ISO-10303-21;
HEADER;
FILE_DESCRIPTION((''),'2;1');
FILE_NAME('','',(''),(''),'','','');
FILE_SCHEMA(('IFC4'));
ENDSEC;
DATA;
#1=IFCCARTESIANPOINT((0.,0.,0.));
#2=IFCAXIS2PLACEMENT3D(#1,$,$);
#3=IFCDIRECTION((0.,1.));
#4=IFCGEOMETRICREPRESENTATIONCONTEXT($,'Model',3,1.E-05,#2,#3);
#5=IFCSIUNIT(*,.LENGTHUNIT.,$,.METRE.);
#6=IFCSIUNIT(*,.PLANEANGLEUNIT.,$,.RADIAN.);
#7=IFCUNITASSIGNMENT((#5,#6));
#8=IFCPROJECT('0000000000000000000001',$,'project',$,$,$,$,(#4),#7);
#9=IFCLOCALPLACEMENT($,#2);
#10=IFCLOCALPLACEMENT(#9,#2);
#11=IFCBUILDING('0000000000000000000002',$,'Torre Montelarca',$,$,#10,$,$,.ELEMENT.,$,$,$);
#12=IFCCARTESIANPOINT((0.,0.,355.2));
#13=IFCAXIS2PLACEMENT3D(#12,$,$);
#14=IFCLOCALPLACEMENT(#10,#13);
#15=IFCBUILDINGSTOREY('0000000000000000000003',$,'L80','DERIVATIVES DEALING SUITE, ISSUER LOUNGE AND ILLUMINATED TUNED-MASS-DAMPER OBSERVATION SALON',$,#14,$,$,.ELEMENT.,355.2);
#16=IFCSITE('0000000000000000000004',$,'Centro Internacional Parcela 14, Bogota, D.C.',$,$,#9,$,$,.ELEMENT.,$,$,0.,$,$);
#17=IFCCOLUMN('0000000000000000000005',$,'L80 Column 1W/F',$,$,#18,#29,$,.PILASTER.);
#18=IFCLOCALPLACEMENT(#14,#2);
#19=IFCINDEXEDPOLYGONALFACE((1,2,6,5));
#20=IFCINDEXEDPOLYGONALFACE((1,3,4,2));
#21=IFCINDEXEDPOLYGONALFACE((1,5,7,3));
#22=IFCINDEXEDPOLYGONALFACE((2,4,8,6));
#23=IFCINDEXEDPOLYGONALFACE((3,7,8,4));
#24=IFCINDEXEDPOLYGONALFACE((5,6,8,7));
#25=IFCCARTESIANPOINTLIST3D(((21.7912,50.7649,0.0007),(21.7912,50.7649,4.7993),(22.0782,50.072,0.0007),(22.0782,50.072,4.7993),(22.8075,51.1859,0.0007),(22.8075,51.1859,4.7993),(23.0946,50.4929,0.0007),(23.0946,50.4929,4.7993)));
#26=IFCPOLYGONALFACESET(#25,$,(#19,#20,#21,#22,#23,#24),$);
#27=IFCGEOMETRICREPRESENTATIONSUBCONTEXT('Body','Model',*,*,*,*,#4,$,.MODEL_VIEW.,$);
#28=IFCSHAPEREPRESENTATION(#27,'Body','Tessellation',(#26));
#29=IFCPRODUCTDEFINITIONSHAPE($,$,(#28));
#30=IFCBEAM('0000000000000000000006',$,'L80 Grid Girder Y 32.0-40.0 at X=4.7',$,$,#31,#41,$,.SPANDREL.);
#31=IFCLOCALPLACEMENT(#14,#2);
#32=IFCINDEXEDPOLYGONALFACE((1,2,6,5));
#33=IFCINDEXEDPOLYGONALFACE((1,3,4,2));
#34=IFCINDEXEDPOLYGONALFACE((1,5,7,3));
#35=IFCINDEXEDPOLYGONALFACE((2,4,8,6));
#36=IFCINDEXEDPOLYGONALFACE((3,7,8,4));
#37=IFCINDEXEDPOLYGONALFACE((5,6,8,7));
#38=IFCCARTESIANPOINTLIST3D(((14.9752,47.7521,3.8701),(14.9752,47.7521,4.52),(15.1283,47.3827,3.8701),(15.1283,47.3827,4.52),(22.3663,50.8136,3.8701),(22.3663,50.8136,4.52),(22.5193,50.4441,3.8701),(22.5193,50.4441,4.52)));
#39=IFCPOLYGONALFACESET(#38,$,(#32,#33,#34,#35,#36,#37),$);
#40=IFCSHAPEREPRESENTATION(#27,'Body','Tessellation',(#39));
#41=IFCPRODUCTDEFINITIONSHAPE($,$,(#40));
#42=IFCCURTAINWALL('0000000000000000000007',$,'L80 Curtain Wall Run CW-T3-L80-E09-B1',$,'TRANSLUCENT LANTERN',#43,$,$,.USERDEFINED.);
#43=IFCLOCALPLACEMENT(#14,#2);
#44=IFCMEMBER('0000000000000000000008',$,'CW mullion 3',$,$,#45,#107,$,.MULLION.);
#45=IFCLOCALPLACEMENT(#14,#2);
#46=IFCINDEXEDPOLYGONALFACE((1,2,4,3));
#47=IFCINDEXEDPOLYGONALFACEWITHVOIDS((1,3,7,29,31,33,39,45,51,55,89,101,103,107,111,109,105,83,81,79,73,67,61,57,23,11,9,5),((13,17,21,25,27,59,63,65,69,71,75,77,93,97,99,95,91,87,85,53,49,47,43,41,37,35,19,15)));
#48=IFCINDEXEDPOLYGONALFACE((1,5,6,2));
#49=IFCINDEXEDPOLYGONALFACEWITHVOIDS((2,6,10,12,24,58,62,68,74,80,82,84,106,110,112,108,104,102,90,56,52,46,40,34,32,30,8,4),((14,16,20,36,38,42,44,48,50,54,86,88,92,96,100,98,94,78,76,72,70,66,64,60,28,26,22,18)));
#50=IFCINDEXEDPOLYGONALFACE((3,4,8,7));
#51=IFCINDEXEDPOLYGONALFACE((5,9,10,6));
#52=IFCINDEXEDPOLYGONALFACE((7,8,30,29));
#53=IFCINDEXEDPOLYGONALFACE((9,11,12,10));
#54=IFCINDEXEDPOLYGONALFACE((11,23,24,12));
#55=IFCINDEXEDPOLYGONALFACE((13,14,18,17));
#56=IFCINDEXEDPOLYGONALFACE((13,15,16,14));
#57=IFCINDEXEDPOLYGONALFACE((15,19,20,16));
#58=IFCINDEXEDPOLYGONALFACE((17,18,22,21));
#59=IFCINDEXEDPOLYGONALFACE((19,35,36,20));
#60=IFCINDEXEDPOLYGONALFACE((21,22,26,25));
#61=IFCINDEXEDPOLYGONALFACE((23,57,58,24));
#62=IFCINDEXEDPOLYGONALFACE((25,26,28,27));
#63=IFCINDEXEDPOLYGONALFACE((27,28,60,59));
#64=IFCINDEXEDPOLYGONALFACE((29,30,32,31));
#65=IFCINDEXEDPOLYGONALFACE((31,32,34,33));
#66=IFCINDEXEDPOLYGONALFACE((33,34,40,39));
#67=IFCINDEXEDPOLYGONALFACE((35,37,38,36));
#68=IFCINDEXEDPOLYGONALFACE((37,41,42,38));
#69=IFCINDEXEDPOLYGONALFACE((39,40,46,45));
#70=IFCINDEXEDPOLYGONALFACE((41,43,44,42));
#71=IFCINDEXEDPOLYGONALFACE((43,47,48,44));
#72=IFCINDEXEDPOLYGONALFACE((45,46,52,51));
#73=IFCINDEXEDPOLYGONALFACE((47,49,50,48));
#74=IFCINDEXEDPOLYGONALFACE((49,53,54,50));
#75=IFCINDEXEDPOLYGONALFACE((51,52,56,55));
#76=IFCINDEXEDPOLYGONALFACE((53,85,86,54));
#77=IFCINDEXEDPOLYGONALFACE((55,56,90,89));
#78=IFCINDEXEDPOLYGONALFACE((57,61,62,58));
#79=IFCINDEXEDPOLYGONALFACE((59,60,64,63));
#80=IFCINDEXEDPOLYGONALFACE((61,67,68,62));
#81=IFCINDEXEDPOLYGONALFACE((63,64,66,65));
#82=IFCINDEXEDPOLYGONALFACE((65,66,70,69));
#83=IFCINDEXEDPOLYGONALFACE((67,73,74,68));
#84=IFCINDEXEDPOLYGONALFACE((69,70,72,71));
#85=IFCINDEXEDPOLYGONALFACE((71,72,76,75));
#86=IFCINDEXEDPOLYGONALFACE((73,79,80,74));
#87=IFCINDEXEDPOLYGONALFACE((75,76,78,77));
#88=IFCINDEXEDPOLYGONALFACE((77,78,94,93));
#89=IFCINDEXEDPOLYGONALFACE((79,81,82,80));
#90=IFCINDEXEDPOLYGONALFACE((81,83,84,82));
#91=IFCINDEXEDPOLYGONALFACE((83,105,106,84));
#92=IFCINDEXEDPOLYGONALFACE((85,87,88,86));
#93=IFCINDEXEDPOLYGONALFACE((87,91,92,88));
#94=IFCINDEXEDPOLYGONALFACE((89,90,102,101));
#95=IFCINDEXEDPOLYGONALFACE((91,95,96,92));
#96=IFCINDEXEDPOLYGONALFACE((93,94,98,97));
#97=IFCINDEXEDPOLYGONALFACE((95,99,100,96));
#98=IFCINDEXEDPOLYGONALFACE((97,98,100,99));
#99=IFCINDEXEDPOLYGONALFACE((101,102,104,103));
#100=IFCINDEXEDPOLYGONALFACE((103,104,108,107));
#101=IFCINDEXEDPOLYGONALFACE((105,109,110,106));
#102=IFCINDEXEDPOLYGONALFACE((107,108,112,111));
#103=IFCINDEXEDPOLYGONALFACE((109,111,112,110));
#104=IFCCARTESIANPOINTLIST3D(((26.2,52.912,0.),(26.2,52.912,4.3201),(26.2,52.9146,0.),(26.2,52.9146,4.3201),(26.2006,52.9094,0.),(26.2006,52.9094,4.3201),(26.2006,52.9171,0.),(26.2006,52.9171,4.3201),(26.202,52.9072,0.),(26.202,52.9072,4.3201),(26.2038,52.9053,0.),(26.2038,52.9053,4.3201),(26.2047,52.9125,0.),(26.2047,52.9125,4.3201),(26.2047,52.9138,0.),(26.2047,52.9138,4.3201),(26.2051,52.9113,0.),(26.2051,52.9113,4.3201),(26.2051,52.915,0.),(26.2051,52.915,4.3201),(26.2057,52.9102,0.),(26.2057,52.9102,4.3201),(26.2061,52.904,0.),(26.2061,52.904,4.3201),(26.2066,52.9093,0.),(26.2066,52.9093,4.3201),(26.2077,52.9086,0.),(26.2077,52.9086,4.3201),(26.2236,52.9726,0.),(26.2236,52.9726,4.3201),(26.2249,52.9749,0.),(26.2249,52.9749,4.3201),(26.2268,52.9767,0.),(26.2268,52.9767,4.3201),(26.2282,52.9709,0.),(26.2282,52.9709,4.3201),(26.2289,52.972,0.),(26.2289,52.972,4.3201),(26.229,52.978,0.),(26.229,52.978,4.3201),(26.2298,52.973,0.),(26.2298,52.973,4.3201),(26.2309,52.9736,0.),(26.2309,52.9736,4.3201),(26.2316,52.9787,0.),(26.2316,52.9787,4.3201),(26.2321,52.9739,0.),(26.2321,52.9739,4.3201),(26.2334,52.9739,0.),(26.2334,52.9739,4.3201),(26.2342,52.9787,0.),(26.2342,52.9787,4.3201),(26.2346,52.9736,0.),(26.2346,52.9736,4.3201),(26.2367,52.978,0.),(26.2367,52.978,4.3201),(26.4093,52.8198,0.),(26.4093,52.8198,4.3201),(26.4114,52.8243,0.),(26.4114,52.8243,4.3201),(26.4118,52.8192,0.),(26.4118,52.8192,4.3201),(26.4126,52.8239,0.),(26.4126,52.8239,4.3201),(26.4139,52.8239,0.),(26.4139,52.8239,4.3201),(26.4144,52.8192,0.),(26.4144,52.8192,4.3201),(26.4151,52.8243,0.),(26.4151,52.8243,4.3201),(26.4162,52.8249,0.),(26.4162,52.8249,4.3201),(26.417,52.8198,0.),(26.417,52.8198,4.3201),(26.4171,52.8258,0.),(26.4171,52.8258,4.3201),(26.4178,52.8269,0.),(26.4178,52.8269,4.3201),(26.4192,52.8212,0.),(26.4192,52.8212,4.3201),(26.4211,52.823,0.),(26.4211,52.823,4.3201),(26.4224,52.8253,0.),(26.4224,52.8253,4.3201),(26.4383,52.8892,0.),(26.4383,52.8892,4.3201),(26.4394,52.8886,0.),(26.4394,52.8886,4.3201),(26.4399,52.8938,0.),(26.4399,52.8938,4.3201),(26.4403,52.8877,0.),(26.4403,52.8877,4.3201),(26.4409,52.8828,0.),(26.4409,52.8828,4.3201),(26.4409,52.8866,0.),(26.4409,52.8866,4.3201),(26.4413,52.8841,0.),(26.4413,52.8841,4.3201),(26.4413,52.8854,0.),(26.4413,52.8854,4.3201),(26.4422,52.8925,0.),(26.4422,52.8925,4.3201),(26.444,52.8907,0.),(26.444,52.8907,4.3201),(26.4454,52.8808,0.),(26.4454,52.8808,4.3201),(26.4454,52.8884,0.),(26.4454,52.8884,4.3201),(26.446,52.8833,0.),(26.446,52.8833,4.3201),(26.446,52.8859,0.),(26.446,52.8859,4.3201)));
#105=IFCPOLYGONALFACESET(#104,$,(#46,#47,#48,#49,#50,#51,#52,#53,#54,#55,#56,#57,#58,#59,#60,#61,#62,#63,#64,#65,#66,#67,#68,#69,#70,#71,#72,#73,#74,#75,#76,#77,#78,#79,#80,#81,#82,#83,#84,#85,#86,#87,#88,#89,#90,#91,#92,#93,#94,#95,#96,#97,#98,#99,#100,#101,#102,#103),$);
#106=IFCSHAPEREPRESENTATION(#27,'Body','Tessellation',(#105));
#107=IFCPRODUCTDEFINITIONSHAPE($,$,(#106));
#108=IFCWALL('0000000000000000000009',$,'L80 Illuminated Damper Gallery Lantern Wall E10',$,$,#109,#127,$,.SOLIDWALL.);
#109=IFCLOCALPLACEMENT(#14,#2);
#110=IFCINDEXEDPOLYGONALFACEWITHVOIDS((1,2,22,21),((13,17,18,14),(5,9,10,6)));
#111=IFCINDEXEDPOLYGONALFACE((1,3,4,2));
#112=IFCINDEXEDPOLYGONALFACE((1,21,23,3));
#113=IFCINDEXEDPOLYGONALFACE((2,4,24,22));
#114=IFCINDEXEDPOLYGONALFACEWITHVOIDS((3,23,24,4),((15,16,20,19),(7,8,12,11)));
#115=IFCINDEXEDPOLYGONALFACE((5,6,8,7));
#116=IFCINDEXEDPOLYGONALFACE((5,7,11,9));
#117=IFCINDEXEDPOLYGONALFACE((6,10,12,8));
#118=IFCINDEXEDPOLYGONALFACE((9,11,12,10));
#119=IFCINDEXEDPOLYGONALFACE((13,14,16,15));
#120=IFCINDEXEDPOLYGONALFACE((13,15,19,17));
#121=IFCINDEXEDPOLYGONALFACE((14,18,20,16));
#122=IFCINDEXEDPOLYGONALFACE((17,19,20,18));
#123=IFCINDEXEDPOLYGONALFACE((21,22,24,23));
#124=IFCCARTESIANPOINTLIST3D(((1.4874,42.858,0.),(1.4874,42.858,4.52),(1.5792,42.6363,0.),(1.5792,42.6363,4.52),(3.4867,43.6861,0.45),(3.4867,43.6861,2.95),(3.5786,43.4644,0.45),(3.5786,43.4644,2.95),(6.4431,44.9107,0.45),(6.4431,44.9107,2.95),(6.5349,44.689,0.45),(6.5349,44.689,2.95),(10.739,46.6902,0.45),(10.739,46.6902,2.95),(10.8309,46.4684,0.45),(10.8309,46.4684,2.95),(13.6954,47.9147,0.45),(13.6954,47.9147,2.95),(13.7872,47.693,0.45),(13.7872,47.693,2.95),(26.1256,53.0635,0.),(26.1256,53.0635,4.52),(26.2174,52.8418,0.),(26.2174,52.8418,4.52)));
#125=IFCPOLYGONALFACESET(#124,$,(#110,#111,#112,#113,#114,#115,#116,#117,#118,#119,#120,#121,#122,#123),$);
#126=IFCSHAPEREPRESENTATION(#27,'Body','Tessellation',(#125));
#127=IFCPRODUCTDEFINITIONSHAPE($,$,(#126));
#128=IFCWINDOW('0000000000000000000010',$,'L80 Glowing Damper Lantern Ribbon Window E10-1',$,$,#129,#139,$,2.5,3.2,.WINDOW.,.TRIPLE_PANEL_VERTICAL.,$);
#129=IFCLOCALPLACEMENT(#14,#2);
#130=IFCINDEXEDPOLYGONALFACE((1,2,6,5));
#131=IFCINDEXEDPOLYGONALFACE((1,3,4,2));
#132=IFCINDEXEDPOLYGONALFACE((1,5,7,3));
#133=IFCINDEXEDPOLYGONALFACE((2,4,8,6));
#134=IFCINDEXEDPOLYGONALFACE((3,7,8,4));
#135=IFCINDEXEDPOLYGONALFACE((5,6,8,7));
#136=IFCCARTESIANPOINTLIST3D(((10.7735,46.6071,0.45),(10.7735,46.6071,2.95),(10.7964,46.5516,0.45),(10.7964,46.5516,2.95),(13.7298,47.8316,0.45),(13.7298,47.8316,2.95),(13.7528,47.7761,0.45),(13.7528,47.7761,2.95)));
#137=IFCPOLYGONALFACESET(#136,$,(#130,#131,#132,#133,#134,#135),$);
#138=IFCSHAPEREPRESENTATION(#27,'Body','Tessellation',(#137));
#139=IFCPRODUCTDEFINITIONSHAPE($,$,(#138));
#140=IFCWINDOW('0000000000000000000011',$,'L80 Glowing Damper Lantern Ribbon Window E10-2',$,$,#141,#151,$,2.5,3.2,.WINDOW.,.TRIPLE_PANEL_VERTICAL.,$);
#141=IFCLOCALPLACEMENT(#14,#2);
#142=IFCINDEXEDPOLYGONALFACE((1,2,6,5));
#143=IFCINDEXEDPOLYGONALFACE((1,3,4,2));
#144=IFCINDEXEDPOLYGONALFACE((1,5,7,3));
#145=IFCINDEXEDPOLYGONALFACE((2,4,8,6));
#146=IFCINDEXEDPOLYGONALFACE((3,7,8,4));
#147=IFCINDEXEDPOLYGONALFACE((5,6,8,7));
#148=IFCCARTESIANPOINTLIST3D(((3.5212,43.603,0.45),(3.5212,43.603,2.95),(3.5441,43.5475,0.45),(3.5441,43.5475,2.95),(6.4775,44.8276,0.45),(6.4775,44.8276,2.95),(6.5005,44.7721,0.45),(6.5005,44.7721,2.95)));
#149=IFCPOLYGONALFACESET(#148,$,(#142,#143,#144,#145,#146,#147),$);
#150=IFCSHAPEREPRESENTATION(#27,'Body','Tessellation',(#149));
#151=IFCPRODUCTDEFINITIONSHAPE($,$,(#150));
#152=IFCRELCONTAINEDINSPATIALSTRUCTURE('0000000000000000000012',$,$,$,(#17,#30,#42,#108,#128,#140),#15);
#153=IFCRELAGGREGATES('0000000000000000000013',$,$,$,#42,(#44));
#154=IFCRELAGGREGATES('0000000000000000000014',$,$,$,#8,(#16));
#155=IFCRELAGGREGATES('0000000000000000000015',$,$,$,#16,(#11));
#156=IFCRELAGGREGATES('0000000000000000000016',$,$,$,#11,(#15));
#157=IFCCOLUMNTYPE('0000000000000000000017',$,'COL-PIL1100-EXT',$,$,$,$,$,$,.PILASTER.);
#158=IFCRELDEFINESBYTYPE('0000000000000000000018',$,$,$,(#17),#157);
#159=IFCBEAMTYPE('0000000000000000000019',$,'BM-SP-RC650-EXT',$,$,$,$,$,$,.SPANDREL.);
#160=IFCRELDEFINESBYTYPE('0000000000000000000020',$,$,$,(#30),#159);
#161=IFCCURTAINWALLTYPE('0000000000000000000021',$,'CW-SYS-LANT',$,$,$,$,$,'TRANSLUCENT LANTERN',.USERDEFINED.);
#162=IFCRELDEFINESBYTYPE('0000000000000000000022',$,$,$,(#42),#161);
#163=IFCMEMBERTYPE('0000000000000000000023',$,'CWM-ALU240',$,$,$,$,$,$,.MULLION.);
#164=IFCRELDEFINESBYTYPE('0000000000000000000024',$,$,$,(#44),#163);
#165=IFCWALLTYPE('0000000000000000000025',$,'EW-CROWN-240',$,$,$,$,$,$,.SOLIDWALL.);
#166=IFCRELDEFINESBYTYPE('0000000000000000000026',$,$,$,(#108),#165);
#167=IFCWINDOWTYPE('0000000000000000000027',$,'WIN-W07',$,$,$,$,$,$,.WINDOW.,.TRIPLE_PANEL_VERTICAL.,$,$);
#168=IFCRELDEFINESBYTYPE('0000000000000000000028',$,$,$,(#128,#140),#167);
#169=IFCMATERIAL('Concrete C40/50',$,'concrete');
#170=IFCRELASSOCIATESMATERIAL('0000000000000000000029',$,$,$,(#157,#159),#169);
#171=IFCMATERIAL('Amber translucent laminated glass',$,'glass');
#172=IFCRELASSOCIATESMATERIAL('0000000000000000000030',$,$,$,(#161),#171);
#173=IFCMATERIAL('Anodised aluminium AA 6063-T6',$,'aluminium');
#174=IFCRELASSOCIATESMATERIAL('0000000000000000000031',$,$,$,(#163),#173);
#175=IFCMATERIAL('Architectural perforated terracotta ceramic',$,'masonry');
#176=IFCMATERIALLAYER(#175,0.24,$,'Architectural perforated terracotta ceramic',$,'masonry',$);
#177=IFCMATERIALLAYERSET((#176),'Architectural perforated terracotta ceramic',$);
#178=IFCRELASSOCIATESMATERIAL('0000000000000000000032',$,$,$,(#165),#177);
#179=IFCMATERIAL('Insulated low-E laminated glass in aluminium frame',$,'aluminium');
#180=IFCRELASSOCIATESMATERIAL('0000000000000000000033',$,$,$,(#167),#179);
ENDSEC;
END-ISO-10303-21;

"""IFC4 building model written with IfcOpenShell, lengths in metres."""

from ifc_helpers import new_model, si_unit, direction, frame, frame_2d, origin, origin_2d, place, context, subcontext, project, spatial, rectangle, hollow_rectangle, extrude, source, transform, mapped, material, layer, layer_set, material_profile, profile_set, type_object, element, fill, aggregate, save


model = new_model("IFC4")

# Units and contexts
model_context = context("Model", 3, precision=1e-05, world=origin(), true_north=direction((0.0, 1.0)))
body_context = subcontext(model_context, "Body", "Model", "MODEL_VIEW")
ifc_project = project(units=[si_unit("LENGTHUNIT", "METRE"), si_unit("PLANEANGLEUNIT", "RADIAN")], contexts=[model_context])

# Site, building, storey
site_placement = place(None, origin())
site = spatial("IfcSite", under=ifc_project, at=site_placement, Name="Centro Internacional Parcela 14, Bogota, D.C.", CompositionType="ELEMENT", RefElevation=0.0)
building_placement = place(site_placement, origin())
building = spatial("IfcBuilding", under=site, at=building_placement, Name="Torre Montelarca", CompositionType="ELEMENT")
storey_placement = place(building_placement, frame((0.0, 0.0, 355.2)))
storey = spatial("IfcBuildingStorey", under=building, at=storey_placement, Name="L80", Description="DERIVATIVES DEALING SUITE, ISSUER LOUNGE AND ILLUMINATED TUNED-MASS-DAMPER OBSERVATION SALON", CompositionType="ELEMENT", Elevation=355.2)

# Column
ifc_material_1 = material(Name="Concrete C40/50", Category="concrete")
ifc_material_profile_1 = material_profile(ifc_material_1, rectangle(XDim=0.75, YDim=1.1001, at=origin_2d()), Name="RC1100X750", Category="concrete")
ifc_profile_set_1 = profile_set([ifc_material_profile_1], Name="Concrete C40/50")
column_type = type_object("IfcColumnType", Name="COL-PIL1100-EXT", PredefinedType="PILASTER", material=ifc_profile_set_1)
shared_shape_1 = source(origin(), body_context, "Body", "SweptSolid", [
    extrude(rectangle(XDim=0.75, YDim=1.1001, at=origin_2d()), origin(), (0.0, 0.0, 1.0), 4.7986),
])
column_placement = place(storey_placement, frame((22.4429, 50.6289, 0.0007), z_axis=(0.0, 0.0, 1.0), x_axis=(-0.382683, 0.92388, 0.0)))
element("IfcColumn", 1, at=column_placement, inside=storey, type_object=column_type, Name="L80 Column 1W/F", PredefinedType="PILASTER", context=body_context, shape_type="MappedRepresentation", body=[
    mapped(shared_shape_1, transform((0.0, 0.0, 0.0), scale=1.0)),
])

# Beam
ifc_material_profile_2 = material_profile(ifc_material_1, rectangle(XDim=0.3999, YDim=0.6499, at=origin_2d()), Name="RCB400X650", Category="concrete")
ifc_profile_set_2 = profile_set([ifc_material_profile_2], Name="Concrete C40/50")
beam_type = type_object("IfcBeamType", Name="BM-SP-RC650-EXT", PredefinedType="SPANDREL", material=ifc_profile_set_2)
shared_shape_2 = source(origin(), body_context, "Body", "SweptSolid", [
    extrude(rectangle(XDim=0.3999, YDim=0.6499, at=origin_2d()), origin(), (0.0, 0.0, 1.0), 8.0),
])
beam_placement = place(storey_placement, frame((15.0518, 47.5674, 4.1951), z_axis=(0.923878, 0.382686, 0.0), x_axis=(-0.382686, 0.923878, 0.0)))
element("IfcBeam", 2, at=beam_placement, inside=storey, type_object=beam_type, Name="L80 Grid Girder Y 32.0-40.0 at X=4.7", PredefinedType="SPANDREL", context=body_context, shape_type="MappedRepresentation", body=[
    mapped(shared_shape_2, transform((0.0, 0.0, 0.0), scale=1.0)),
])

# Curtain wall, member
ifc_material_2 = material(Name="Amber translucent laminated glass", Category="glass")
curtain_wall_type = type_object("IfcCurtainWallType", Name="CW-SYS-LANT", ElementType="TRANSLUCENT LANTERN", PredefinedType="USERDEFINED", material=ifc_material_2)
curtain_wall_placement = place(storey_placement, origin())
curtain_wall = element("IfcCurtainWall", 3, at=curtain_wall_placement, inside=storey, type_object=curtain_wall_type, Name="L80 Curtain Wall Run CW-T3-L80-E09-B1", ObjectType="TRANSLUCENT LANTERN", PredefinedType="USERDEFINED")
ifc_material_3 = material(Name="Anodised aluminium AA 6063-T6", Category="aluminium")
ifc_material_profile_3 = material_profile(ifc_material_3, hollow_rectangle(XDim=0.0801, YDim=0.24, WallThickness=0.0049, InnerFilletRadius=0.0049, OuterFilletRadius=0.01, at=origin_2d()), Name="ALU80X240X5", Category="aluminium")
ifc_profile_set_3 = profile_set([ifc_material_profile_3], Name="Anodised aluminium AA 6063-T6")
member_type = type_object("IfcMemberType", Name="CWM-ALU240", PredefinedType="MULLION", material=ifc_profile_set_3)
shared_shape_3 = source(origin(), body_context, "Body", "SweptSolid", [
    extrude(hollow_rectangle(XDim=0.0801, YDim=0.24, WallThickness=0.0049, InnerFilletRadius=0.0049, OuterFilletRadius=0.01, at=origin_2d()), origin(), (0.0, 0.0, 1.0), 4.3201),
])
member_placement = place(storey_placement, frame((26.323, 52.8989, 0.0), z_axis=(0.0, 0.0, 1.0), x_axis=(-0.382671, -0.923885, 0.0)))
member = element("IfcMember", 4, at=member_placement, type_object=member_type, Name="CW mullion 3", PredefinedType="MULLION", context=body_context, shape_type="MappedRepresentation", body=[
    mapped(shared_shape_3, transform((0.0, 0.0, 0.0), scale=1.0)),
])
aggregate(curtain_wall, [member])

# Wall, openings, windows
ifc_material_4 = material(Name="Architectural perforated terracotta ceramic", Category="masonry")
ifc_layer_1 = layer(ifc_material_4, 0.24, Name="Architectural perforated terracotta ceramic", Category="masonry")
ifc_layer_set_1 = layer_set([ifc_layer_1], Name="Architectural perforated terracotta ceramic")
wall_type_1 = type_object("IfcWallType", Name="EW-CROWN-240", PredefinedType="SOLIDWALL", material=ifc_layer_set_1)
wall_1_placement = place(storey_placement, frame((26.1714, 52.9526, 0.0), z_axis=(0.0, 0.0, 1.0), x_axis=(-0.923878, -0.382687, 0.0)))
wall_1 = element("IfcWall", 5, at=wall_1_placement, inside=storey, type_object=wall_type_1, Name="L80 Illuminated Damper Gallery Lantern Wall E10", PredefinedType="SOLIDWALL", context=body_context, shape_type="SweptSolid", body=[
    extrude(rectangle(XDim=26.6682, YDim=0.24, at=frame_2d((13.334, 0.0))), origin(), (0.0, 0.0, 1.0), 4.52),
])
opening_1_placement = place(wall_1_placement, frame((13.4541, 0.0, 0.45)))
opening_1 = element("IfcOpeningElement", 6, at=opening_1_placement, cuts=wall_1, PredefinedType="OPENING", context=body_context, shape_type="SweptSolid", body=[
    extrude(rectangle(XDim=3.2, YDim=2.5, at=frame_2d((1.6001, 1.25))), frame((0.0, 0.1299, 0.0), z_axis=(0.0, -1.0, 0.0), x_axis=(1.0, 0.0, 0.0)), (0.0, 0.0, 1.0), 0.26),
])
opening_2_placement = place(wall_1_placement, frame((21.304, 0.0, 0.45)))
opening_2 = element("IfcOpeningElement", 7, at=opening_2_placement, cuts=wall_1, PredefinedType="OPENING", context=body_context, shape_type="SweptSolid", body=[
    extrude(rectangle(XDim=3.2, YDim=2.5, at=frame_2d((1.6001, 1.25))), frame((0.0, 0.1299, 0.0), z_axis=(0.0, -1.0, 0.0), x_axis=(1.0, 0.0, 0.0)), (0.0, 0.0, 1.0), 0.26),
])
ifc_material_5 = material(Name="Insulated low-E laminated glass in aluminium frame", Category="aluminium")
window_type = type_object("IfcWindowType", Name="WIN-W07", PartitioningType="TRIPLE_PANEL_VERTICAL", PredefinedType="WINDOW", material=ifc_material_5)
shared_shape_4 = source(origin(), body_context, "Body", "SweptSolid", [
    extrude(rectangle(XDim=3.2, YDim=2.5, at=frame_2d((1.6001, 1.25))), frame((0.0, 0.03, 0.0), z_axis=(0.0, -1.0, 0.0), x_axis=(1.0, 0.0, 0.0)), (0.0, 0.0, 1.0), 0.0601),
])
window_1_placement = place(opening_1_placement, origin())
window_1 = element("IfcWindow", 8, at=window_1_placement, inside=storey, type_object=window_type, Name="L80 Glowing Damper Lantern Ribbon Window E10-1", OverallHeight=2.5, OverallWidth=3.2, PartitioningType="TRIPLE_PANEL_VERTICAL", PredefinedType="WINDOW", context=body_context, shape_type="MappedRepresentation", body=[
    mapped(shared_shape_4, transform((0.0, 0.0, 0.0), scale=1.0)),
])
fill(opening_1, window_1)
window_2_placement = place(opening_2_placement, origin())
window_2 = element("IfcWindow", 9, at=window_2_placement, inside=storey, type_object=window_type, Name="L80 Glowing Damper Lantern Ribbon Window E10-2", OverallHeight=2.5, OverallWidth=3.2, PartitioningType="TRIPLE_PANEL_VERTICAL", PredefinedType="WINDOW", context=body_context, shape_type="MappedRepresentation", body=[
    mapped(shared_shape_4, transform((0.0, 0.0, 0.0), scale=1.0)),
])
fill(opening_2, window_2)

save(model, "model.ifc")
